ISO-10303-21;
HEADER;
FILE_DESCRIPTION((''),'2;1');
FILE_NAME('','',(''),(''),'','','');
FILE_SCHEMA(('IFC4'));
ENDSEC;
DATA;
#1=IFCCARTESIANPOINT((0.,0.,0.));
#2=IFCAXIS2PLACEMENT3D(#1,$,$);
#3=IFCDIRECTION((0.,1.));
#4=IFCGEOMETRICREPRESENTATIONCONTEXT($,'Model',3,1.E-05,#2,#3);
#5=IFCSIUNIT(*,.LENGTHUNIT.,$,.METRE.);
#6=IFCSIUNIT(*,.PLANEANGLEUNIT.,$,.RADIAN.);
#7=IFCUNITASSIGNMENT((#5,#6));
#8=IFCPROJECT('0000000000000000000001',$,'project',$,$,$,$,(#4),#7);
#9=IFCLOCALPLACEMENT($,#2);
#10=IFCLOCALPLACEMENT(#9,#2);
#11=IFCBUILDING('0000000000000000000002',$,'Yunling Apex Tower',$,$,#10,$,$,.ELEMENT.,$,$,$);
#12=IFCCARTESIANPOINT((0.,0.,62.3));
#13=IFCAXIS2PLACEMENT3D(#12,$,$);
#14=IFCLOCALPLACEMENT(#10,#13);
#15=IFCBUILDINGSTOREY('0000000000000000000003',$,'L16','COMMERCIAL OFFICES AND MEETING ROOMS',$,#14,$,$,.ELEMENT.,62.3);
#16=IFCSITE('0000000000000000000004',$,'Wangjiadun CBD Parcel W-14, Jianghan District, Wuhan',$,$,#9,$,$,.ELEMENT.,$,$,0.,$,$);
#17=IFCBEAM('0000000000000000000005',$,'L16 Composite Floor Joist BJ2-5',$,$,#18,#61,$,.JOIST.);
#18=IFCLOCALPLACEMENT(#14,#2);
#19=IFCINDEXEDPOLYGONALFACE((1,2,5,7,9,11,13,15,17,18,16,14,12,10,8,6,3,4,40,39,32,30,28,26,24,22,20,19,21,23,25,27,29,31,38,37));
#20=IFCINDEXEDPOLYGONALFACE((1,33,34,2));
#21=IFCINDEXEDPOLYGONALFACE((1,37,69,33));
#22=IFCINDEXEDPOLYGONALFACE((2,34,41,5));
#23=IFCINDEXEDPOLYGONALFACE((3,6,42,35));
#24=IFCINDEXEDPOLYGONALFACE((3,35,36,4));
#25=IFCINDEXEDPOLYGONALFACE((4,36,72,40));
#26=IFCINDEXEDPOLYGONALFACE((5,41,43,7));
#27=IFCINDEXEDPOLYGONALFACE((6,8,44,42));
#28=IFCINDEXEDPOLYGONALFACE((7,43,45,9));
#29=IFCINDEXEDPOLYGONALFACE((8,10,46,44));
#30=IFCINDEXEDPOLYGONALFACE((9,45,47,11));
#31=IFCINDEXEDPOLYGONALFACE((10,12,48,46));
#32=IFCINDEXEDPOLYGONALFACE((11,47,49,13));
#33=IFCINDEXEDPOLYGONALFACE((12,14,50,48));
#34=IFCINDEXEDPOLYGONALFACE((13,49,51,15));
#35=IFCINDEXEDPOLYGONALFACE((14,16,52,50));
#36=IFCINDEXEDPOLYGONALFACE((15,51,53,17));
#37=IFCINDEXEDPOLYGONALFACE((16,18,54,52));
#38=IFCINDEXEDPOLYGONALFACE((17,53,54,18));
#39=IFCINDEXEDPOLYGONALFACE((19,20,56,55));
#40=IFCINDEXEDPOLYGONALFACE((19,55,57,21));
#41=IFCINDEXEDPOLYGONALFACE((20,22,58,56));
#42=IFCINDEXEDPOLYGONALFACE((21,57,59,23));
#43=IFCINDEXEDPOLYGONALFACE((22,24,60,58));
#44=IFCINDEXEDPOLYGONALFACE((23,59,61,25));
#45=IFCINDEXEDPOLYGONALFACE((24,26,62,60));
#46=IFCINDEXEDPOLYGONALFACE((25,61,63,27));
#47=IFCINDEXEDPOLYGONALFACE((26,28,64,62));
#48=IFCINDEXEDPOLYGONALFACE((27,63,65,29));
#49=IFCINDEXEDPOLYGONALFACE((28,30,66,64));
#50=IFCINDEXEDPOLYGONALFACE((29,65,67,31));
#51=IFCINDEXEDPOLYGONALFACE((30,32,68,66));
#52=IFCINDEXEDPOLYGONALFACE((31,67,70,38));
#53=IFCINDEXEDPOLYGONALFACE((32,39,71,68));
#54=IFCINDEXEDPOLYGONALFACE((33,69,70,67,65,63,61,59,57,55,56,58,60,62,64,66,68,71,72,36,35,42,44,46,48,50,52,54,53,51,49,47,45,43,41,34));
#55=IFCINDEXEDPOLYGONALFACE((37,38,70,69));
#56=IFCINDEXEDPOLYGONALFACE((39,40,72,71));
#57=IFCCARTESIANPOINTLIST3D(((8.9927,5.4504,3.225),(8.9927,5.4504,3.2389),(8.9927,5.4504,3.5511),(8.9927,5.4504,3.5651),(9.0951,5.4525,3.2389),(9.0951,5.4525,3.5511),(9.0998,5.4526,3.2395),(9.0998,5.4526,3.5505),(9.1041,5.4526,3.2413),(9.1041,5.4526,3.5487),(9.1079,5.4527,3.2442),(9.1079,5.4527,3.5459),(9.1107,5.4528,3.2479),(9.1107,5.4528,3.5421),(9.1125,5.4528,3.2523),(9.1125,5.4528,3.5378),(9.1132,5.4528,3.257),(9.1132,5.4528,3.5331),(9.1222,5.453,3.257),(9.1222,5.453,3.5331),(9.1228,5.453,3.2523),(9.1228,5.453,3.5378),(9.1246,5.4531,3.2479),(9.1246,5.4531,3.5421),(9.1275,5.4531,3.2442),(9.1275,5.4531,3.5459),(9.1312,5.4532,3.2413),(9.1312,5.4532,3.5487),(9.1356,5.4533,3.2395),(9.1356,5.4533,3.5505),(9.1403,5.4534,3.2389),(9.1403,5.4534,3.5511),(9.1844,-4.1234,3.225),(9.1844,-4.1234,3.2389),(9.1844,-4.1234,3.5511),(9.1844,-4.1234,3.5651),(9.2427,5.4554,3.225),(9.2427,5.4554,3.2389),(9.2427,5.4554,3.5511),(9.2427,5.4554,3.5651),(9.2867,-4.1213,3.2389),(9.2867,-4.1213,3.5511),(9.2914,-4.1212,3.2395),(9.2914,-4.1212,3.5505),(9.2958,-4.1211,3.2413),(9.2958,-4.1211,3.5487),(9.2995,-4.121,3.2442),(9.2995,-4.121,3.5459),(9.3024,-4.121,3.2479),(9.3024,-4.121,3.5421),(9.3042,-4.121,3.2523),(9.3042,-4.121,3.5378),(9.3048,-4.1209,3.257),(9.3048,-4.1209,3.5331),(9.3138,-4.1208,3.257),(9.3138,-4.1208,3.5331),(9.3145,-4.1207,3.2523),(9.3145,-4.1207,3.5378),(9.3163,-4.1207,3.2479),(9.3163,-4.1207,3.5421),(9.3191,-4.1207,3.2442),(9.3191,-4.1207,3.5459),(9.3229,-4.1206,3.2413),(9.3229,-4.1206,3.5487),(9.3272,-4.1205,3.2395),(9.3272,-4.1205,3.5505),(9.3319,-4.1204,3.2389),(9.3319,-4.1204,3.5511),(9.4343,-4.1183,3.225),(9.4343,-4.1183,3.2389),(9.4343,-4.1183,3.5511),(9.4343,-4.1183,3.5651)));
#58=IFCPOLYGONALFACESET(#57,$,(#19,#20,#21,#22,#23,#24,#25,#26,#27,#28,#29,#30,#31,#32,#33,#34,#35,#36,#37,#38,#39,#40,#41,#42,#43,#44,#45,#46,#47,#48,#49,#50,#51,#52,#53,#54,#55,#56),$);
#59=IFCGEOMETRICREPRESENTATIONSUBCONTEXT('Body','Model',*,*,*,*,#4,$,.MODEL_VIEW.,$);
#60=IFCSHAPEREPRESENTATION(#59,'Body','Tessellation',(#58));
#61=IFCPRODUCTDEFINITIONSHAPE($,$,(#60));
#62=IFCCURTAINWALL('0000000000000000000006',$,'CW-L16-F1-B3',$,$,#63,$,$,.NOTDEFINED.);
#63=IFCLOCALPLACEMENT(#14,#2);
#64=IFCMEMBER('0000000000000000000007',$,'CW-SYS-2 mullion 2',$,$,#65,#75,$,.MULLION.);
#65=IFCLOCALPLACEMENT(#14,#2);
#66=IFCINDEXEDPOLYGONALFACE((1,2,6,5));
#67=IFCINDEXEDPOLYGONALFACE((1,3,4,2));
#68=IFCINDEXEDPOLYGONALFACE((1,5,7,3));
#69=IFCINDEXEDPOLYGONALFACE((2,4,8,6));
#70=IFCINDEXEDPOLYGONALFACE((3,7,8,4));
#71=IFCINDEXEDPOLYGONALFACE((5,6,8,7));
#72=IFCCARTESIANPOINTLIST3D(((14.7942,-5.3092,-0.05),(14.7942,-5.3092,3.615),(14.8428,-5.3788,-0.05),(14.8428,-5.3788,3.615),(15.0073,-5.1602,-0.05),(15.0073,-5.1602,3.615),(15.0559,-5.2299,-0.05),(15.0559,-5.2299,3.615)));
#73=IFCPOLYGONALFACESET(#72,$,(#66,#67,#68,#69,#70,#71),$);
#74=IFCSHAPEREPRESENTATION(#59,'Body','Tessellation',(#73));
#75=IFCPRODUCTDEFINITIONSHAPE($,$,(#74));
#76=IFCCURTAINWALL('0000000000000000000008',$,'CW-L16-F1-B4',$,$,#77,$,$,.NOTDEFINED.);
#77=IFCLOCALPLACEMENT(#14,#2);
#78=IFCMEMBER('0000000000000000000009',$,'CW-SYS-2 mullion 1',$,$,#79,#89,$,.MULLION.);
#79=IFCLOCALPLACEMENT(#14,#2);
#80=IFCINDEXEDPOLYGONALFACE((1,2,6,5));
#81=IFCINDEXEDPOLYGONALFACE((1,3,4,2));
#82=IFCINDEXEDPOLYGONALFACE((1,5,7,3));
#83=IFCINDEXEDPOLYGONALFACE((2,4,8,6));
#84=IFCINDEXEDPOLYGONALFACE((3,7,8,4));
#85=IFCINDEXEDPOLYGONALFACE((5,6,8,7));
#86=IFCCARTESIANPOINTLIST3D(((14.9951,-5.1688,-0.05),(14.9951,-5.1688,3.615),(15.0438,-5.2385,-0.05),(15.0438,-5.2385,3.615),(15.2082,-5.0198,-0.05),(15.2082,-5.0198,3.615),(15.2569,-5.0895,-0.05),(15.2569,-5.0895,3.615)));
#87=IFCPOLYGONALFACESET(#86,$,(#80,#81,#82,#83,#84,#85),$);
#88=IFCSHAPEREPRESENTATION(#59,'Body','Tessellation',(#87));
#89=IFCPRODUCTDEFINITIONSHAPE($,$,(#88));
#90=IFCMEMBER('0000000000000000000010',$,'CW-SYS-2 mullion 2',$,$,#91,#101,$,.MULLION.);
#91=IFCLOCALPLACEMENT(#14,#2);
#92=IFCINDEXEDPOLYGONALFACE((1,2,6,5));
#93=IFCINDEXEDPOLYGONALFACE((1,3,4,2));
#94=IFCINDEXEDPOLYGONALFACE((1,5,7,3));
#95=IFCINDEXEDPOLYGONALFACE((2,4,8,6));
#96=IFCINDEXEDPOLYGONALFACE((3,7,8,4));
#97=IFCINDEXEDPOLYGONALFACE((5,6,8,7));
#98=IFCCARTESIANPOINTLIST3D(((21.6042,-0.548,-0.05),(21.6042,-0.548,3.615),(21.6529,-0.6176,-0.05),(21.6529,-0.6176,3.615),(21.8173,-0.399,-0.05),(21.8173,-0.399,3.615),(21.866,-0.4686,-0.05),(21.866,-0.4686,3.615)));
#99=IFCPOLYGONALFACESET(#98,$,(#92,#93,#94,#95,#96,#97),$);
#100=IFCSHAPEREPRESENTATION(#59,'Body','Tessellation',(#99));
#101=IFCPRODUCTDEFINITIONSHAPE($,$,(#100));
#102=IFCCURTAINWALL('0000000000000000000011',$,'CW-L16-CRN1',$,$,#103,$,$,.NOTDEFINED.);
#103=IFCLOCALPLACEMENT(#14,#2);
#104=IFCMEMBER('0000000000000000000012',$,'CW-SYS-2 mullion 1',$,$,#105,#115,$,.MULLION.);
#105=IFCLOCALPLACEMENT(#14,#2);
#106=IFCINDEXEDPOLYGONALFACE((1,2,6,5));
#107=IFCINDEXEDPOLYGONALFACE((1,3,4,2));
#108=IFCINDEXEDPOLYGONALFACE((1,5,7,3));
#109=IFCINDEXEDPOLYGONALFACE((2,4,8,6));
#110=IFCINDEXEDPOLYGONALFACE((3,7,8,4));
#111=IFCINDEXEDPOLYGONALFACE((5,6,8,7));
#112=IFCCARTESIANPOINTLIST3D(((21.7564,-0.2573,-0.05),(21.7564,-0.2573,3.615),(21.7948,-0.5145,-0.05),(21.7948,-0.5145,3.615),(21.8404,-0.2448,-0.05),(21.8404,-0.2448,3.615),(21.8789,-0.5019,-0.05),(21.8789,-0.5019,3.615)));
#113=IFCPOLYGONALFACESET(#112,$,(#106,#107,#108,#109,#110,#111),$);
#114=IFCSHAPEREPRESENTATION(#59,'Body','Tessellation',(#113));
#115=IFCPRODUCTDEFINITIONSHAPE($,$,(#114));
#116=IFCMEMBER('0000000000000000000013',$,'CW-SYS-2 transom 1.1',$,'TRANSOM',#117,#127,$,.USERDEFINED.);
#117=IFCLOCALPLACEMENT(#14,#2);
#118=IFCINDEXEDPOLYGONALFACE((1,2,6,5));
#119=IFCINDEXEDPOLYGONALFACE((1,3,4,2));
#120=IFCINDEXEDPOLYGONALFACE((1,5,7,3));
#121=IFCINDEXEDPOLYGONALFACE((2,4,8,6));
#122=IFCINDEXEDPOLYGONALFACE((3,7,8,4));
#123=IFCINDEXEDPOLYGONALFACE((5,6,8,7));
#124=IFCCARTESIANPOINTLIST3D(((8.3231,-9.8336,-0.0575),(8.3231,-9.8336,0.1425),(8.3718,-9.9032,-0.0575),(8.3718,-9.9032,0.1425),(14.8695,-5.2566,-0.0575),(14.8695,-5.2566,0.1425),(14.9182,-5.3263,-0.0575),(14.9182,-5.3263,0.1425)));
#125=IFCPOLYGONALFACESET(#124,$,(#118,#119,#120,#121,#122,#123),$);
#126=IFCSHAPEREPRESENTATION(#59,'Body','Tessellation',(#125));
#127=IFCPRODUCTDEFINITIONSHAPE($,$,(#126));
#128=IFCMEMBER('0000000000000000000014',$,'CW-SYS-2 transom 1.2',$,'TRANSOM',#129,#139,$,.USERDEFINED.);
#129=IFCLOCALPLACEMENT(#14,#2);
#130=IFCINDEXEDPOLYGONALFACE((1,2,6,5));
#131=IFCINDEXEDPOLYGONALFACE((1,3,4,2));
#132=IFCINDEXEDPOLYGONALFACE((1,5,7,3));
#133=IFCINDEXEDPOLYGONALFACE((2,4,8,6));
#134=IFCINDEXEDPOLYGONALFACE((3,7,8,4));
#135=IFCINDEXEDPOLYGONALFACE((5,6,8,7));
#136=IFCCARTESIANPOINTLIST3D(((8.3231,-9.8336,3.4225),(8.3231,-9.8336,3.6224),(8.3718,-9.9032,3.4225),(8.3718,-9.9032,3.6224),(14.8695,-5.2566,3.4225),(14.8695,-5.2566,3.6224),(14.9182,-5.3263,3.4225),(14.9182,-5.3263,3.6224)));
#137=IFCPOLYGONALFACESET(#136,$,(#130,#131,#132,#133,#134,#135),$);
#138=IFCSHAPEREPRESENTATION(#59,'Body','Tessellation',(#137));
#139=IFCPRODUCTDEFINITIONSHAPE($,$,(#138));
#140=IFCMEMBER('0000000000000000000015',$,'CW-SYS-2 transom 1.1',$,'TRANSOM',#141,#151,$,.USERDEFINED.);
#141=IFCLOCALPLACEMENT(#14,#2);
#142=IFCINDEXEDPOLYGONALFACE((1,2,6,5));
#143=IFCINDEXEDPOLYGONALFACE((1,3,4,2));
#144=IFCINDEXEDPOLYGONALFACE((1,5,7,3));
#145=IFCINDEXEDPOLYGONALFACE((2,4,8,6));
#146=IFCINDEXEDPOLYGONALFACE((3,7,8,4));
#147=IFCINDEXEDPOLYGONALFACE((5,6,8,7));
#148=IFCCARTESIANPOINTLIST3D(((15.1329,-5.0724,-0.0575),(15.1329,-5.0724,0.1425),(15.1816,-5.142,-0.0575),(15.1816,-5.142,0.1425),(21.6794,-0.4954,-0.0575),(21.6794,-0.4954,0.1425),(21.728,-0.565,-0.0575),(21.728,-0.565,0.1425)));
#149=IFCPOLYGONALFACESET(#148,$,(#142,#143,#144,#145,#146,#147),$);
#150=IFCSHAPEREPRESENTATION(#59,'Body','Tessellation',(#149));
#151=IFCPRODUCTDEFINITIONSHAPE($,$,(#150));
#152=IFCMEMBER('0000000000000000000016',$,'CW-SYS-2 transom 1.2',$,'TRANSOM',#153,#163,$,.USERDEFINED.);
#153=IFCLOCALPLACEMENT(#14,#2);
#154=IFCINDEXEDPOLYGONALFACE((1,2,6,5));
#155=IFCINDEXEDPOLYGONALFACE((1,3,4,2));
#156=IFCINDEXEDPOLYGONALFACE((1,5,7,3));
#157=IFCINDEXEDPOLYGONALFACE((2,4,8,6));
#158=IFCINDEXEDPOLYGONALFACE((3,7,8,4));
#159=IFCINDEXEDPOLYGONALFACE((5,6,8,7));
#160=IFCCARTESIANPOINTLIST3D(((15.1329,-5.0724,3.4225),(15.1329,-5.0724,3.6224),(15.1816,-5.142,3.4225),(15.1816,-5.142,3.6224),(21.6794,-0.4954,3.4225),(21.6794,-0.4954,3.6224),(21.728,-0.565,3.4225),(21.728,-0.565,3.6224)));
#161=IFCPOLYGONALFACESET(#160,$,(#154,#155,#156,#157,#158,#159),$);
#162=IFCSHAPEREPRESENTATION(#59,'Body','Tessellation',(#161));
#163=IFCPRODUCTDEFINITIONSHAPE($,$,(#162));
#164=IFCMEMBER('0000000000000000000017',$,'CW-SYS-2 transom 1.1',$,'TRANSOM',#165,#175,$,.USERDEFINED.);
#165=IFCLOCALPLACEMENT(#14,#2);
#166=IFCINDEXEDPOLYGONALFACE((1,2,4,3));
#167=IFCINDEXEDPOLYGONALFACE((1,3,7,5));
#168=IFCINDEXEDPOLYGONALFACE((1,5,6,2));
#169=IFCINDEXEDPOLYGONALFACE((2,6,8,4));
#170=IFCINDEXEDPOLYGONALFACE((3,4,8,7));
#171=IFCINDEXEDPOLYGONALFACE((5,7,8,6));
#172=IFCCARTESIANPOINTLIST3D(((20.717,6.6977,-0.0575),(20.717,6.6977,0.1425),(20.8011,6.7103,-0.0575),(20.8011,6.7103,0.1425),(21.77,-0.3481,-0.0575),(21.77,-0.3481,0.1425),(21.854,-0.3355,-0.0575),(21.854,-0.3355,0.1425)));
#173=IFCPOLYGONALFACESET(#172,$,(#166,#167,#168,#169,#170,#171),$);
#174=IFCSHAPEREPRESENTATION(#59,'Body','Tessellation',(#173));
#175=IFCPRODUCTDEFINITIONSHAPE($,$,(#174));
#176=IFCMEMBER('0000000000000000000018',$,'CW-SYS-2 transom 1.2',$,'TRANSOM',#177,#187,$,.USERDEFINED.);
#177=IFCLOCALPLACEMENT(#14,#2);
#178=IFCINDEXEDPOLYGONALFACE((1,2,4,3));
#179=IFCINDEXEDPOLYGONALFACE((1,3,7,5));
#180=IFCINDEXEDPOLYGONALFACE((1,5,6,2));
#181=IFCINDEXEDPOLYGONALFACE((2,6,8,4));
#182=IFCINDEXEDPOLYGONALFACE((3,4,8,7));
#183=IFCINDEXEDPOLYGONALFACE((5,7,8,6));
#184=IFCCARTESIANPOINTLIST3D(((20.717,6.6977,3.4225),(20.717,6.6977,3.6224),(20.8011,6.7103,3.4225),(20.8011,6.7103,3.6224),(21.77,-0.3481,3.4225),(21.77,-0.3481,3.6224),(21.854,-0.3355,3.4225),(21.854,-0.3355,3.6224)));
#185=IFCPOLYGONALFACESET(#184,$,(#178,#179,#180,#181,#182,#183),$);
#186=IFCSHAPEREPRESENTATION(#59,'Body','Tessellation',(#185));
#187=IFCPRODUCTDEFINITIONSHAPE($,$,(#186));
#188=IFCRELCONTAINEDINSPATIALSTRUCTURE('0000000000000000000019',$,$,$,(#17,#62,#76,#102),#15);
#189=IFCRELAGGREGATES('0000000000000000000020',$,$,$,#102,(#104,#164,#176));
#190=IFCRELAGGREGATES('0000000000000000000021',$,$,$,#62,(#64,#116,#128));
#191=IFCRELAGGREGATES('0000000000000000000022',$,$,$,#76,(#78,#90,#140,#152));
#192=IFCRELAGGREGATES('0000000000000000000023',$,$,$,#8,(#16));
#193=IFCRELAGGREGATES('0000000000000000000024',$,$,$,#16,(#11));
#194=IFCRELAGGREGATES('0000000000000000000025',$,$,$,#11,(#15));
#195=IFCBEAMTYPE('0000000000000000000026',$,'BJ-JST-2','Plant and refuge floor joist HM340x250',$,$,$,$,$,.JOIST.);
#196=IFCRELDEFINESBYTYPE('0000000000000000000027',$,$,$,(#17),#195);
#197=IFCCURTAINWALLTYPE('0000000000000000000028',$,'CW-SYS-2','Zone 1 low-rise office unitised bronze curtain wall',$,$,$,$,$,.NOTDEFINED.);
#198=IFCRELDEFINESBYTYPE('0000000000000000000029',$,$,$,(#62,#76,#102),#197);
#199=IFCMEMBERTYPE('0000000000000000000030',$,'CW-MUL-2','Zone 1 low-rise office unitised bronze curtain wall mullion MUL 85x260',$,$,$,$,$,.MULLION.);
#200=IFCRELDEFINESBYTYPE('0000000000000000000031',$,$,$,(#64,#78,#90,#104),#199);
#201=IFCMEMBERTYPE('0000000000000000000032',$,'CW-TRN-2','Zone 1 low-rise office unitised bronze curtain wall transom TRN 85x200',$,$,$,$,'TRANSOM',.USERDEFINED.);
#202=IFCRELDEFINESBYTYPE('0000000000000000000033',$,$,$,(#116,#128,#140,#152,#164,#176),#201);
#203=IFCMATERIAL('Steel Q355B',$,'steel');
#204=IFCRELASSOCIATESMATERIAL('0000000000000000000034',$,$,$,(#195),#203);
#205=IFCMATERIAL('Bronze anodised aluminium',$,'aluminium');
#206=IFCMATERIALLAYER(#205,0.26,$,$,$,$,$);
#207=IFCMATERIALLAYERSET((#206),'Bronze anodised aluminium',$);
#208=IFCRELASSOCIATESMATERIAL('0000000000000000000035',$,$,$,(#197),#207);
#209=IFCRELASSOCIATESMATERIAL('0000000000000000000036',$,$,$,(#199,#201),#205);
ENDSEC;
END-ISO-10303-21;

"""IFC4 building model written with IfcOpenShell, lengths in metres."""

from ifc_helpers import new_model, si_unit, direction, frame, origin, origin_2d, place, context, subcontext, project, spatial, rectangle, i_section, extrude, source, transform, mapped, material, layer, layer_set, material_profile, profile_set, type_object, element, aggregate, save


model = new_model("IFC4")

# Units and contexts
model_context = context("Model", 3, precision=1e-05, world=origin(), true_north=direction((0.0, 1.0)))
body_context = subcontext(model_context, "Body", "Model", "MODEL_VIEW")
ifc_project = project(units=[si_unit("LENGTHUNIT", "METRE"), si_unit("PLANEANGLEUNIT", "RADIAN")], contexts=[model_context])

# Site, building, storey
site_placement = place(None, origin())
site = spatial("IfcSite", under=ifc_project, at=site_placement, Name="Wangjiadun CBD Parcel W-14, Jianghan District, Wuhan", CompositionType="ELEMENT", RefElevation=0.0)
building_placement = place(site_placement, origin())
building = spatial("IfcBuilding", under=site, at=building_placement, Name="Yunling Apex Tower", CompositionType="ELEMENT")
storey_placement = place(building_placement, frame((0.0, 0.0, 62.3)))
storey = spatial("IfcBuildingStorey", under=building, at=storey_placement, Name="L16", Description="COMMERCIAL OFFICES AND MEETING ROOMS", CompositionType="ELEMENT", Elevation=62.3)

# Beam
ifc_material_1 = material(Name="Steel Q355B", Category="steel")
ifc_material_profile_1 = material_profile(ifc_material_1, i_section(OverallWidth=0.25, OverallDepth=0.3401, WebThickness=0.009, FlangeThickness=0.0139, FilletRadius=0.0181, at=origin_2d()))
ifc_profile_set_1 = profile_set([ifc_material_profile_1], Name="Steel Q355B")
beam_type_1 = type_object("IfcBeamType", Name="BJ-JST-2", Description="Plant and refuge floor joist HM340x250", PredefinedType="JOIST", material=ifc_profile_set_1)
shared_shape_1 = source(origin(), body_context, "Body", "SweptSolid", [
    extrude(i_section(OverallWidth=0.25, OverallDepth=0.3401, WebThickness=0.009, FlangeThickness=0.0139, FilletRadius=0.0181, at=origin_2d()), origin(), (0.0, 0.0, 1.0), 9.5757),
])
beam_1_placement = place(storey_placement, frame((9.3093, -4.1208, 3.395), z_axis=(-0.020014, 0.9998, 0.0), x_axis=(-0.9998, -0.020014, 0.0)))
element("IfcBeam", 1, at=beam_1_placement, inside=storey, type_object=beam_type_1, Name="L16 Composite Floor Joist BJ2-5", PredefinedType="JOIST", context=body_context, shape_type="MappedRepresentation", body=[
    mapped(shared_shape_1, transform((0.0, 0.0, 0.0), scale=1.0)),
])

# Curtain wall, member
ifc_material_2 = material(Name="Bronze anodised aluminium", Category="aluminium")
ifc_layer_1 = layer(ifc_material_2, 0.26)
ifc_layer_set_1 = layer_set([ifc_layer_1], Name="Bronze anodised aluminium")
curtain_wall_type = type_object("IfcCurtainWallType", Name="CW-SYS-2", Description="Zone 1 low-rise office unitised bronze curtain wall", PredefinedType="NOTDEFINED", material=ifc_layer_set_1)
curtain_wall_1_placement = place(storey_placement, origin())
curtain_wall_1 = element("IfcCurtainWall", 2, at=curtain_wall_1_placement, inside=storey, type_object=curtain_wall_type, Name="CW-L16-F1-B3", PredefinedType="NOTDEFINED")
ifc_material_profile_2 = material_profile(ifc_material_2, rectangle(XDim=0.085, YDim=0.26, at=origin_2d()))
ifc_profile_set_2 = profile_set([ifc_material_profile_2], Name="Bronze anodised aluminium")
member_type_1 = type_object("IfcMemberType", Name="CW-MUL-2", Description="Zone 1 low-rise office unitised bronze curtain wall mullion MUL 85x260", PredefinedType="MULLION", material=ifc_profile_set_2)
shared_shape_2 = source(origin(), body_context, "Body", "SweptSolid", [
    extrude(rectangle(XDim=0.085, YDim=0.26, at=origin_2d()), origin(), (0.0, 0.0, 1.0), 3.665),
])
member_1_placement = place(storey_placement, frame((14.925, -5.2695, -0.05), z_axis=(0.0, 0.0, 1.0), x_axis=(-0.572996, 0.819558, 0.0)))
member_1 = element("IfcMember", 3, at=member_1_placement, type_object=member_type_1, Name="CW-SYS-2 mullion 2", PredefinedType="MULLION", context=body_context, shape_type="MappedRepresentation", body=[
    mapped(shared_shape_2, transform((0.0, 0.0, 0.0), scale=1.0)),
])

# Curtain wall, members
curtain_wall_2_placement = place(storey_placement, origin())
curtain_wall_2 = element("IfcCurtainWall", 4, at=curtain_wall_2_placement, inside=storey, type_object=curtain_wall_type, Name="CW-L16-F1-B4", PredefinedType="NOTDEFINED")
member_2_placement = place(storey_placement, frame((15.126, -5.1292, -0.05), z_axis=(0.0, 0.0, 1.0), x_axis=(-0.573004, 0.819552, 0.0)))
member_2 = element("IfcMember", 5, at=member_2_placement, type_object=member_type_1, Name="CW-SYS-2 mullion 1", PredefinedType="MULLION", context=body_context, shape_type="MappedRepresentation", body=[
    mapped(shared_shape_2, transform((0.0, 0.0, 0.0), scale=1.0)),
])
member_3_placement = place(storey_placement, frame((21.7351, -0.5083, -0.05), z_axis=(0.0, 0.0, 1.0), x_axis=(-0.573004, 0.819552, 0.0)))
member_3 = element("IfcMember", 6, at=member_3_placement, type_object=member_type_1, Name="CW-SYS-2 mullion 2", PredefinedType="MULLION", context=body_context, shape_type="MappedRepresentation", body=[
    mapped(shared_shape_2, transform((0.0, 0.0, 0.0), scale=1.0)),
])

# Curtain wall, member
curtain_wall_3_placement = place(storey_placement, origin())
curtain_wall_3 = element("IfcCurtainWall", 7, at=curtain_wall_3_placement, inside=storey, type_object=curtain_wall_type, Name="CW-L16-CRN1", PredefinedType="NOTDEFINED")
member_4_placement = place(storey_placement, frame((21.8176, -0.3796, -0.05), z_axis=(0.0, 0.0, 1.0), x_axis=(-0.989018, -0.147798, 0.0)))
member_4 = element("IfcMember", 8, at=member_4_placement, type_object=member_type_1, Name="CW-SYS-2 mullion 1", PredefinedType="MULLION", context=body_context, shape_type="MappedRepresentation", body=[
    mapped(shared_shape_2, transform((0.0, 0.0, 0.0), scale=1.0)),
])

# Members
ifc_material_profile_3 = material_profile(ifc_material_2, rectangle(XDim=0.085, YDim=0.2, at=origin_2d()))
ifc_profile_set_3 = profile_set([ifc_material_profile_3], Name="Bronze anodised aluminium")
member_type_2 = type_object("IfcMemberType", Name="CW-TRN-2", Description="Zone 1 low-rise office unitised bronze curtain wall transom TRN 85x200", ElementType="TRANSOM", PredefinedType="USERDEFINED", material=ifc_profile_set_3)
shared_shape_3 = source(origin(), body_context, "Body", "SweptSolid", [
    extrude(rectangle(XDim=0.085, YDim=0.2, at=origin_2d()), origin(), (0.0, 0.0, 1.0), 7.9878),
])
member_5_placement = place(storey_placement, frame((8.3474, -9.8684, 0.0425), z_axis=(0.819559, 0.572995, 0.0), x_axis=(-0.572995, 0.819559, 0.0)))
member_5 = element("IfcMember", 9, at=member_5_placement, type_object=member_type_2, Name="CW-SYS-2 transom 1.1", ObjectType="TRANSOM", PredefinedType="USERDEFINED", context=body_context, shape_type="MappedRepresentation", body=[
    mapped(shared_shape_3, transform((0.0, 0.0, 0.0), scale=1.0)),
])
member_6_placement = place(storey_placement, frame((8.3474, -9.8684, 3.5225), z_axis=(0.819559, 0.572995, 0.0), x_axis=(-0.572995, 0.819559, 0.0)))
member_6 = element("IfcMember", 10, at=member_6_placement, type_object=member_type_2, Name="CW-SYS-2 transom 1.2", ObjectType="TRANSOM", PredefinedType="USERDEFINED", context=body_context, shape_type="MappedRepresentation", body=[
    mapped(shared_shape_3, transform((0.0, 0.0, 0.0), scale=1.0)),
])
member_7_placement = place(storey_placement, frame((15.1572, -5.1072, 0.0425), z_axis=(0.819559, 0.572995, 0.0), x_axis=(-0.572995, 0.819559, 0.0)))
member_7 = element("IfcMember", 11, at=member_7_placement, type_object=member_type_2, Name="CW-SYS-2 transom 1.1", ObjectType="TRANSOM", PredefinedType="USERDEFINED", context=body_context, shape_type="MappedRepresentation", body=[
    mapped(shared_shape_3, transform((0.0, 0.0, 0.0), scale=1.0)),
])
member_8_placement = place(storey_placement, frame((15.1572, -5.1072, 3.5225), z_axis=(0.819559, 0.572995, 0.0), x_axis=(-0.572995, 0.819559, 0.0)))
member_8 = element("IfcMember", 12, at=member_8_placement, type_object=member_type_2, Name="CW-SYS-2 transom 1.2", ObjectType="TRANSOM", PredefinedType="USERDEFINED", context=body_context, shape_type="MappedRepresentation", body=[
    mapped(shared_shape_3, transform((0.0, 0.0, 0.0), scale=1.0)),
])
shared_shape_4 = source(origin(), body_context, "Body", "SweptSolid", [
    extrude(rectangle(XDim=0.085, YDim=0.2, at=origin_2d()), origin(), (0.0, 0.0, 1.0), 7.124),
])
member_9_placement = place(storey_placement, frame((21.812, -0.3418, 0.0425), z_axis=(-0.147804, 0.989017, 0.0), x_axis=(-0.989017, -0.147804, 0.0)))
member_9 = element("IfcMember", 13, at=member_9_placement, type_object=member_type_2, Name="CW-SYS-2 transom 1.1", ObjectType="TRANSOM", PredefinedType="USERDEFINED", context=body_context, shape_type="MappedRepresentation", body=[
    mapped(shared_shape_4, transform((0.0, 0.0, 0.0), scale=1.0)),
])
member_10_placement = place(storey_placement, frame((21.812, -0.3418, 3.5225), z_axis=(-0.147804, 0.989017, 0.0), x_axis=(-0.989017, -0.147804, 0.0)))
member_10 = element("IfcMember", 14, at=member_10_placement, type_object=member_type_2, Name="CW-SYS-2 transom 1.2", ObjectType="TRANSOM", PredefinedType="USERDEFINED", context=body_context, shape_type="MappedRepresentation", body=[
    mapped(shared_shape_4, transform((0.0, 0.0, 0.0), scale=1.0)),
])
aggregate(curtain_wall_3, [member_4, member_9, member_10])

aggregate(curtain_wall_1, [member_1, member_5, member_6])
aggregate(curtain_wall_2, [member_2, member_3, member_7, member_8])

save(model, "model.ifc")
